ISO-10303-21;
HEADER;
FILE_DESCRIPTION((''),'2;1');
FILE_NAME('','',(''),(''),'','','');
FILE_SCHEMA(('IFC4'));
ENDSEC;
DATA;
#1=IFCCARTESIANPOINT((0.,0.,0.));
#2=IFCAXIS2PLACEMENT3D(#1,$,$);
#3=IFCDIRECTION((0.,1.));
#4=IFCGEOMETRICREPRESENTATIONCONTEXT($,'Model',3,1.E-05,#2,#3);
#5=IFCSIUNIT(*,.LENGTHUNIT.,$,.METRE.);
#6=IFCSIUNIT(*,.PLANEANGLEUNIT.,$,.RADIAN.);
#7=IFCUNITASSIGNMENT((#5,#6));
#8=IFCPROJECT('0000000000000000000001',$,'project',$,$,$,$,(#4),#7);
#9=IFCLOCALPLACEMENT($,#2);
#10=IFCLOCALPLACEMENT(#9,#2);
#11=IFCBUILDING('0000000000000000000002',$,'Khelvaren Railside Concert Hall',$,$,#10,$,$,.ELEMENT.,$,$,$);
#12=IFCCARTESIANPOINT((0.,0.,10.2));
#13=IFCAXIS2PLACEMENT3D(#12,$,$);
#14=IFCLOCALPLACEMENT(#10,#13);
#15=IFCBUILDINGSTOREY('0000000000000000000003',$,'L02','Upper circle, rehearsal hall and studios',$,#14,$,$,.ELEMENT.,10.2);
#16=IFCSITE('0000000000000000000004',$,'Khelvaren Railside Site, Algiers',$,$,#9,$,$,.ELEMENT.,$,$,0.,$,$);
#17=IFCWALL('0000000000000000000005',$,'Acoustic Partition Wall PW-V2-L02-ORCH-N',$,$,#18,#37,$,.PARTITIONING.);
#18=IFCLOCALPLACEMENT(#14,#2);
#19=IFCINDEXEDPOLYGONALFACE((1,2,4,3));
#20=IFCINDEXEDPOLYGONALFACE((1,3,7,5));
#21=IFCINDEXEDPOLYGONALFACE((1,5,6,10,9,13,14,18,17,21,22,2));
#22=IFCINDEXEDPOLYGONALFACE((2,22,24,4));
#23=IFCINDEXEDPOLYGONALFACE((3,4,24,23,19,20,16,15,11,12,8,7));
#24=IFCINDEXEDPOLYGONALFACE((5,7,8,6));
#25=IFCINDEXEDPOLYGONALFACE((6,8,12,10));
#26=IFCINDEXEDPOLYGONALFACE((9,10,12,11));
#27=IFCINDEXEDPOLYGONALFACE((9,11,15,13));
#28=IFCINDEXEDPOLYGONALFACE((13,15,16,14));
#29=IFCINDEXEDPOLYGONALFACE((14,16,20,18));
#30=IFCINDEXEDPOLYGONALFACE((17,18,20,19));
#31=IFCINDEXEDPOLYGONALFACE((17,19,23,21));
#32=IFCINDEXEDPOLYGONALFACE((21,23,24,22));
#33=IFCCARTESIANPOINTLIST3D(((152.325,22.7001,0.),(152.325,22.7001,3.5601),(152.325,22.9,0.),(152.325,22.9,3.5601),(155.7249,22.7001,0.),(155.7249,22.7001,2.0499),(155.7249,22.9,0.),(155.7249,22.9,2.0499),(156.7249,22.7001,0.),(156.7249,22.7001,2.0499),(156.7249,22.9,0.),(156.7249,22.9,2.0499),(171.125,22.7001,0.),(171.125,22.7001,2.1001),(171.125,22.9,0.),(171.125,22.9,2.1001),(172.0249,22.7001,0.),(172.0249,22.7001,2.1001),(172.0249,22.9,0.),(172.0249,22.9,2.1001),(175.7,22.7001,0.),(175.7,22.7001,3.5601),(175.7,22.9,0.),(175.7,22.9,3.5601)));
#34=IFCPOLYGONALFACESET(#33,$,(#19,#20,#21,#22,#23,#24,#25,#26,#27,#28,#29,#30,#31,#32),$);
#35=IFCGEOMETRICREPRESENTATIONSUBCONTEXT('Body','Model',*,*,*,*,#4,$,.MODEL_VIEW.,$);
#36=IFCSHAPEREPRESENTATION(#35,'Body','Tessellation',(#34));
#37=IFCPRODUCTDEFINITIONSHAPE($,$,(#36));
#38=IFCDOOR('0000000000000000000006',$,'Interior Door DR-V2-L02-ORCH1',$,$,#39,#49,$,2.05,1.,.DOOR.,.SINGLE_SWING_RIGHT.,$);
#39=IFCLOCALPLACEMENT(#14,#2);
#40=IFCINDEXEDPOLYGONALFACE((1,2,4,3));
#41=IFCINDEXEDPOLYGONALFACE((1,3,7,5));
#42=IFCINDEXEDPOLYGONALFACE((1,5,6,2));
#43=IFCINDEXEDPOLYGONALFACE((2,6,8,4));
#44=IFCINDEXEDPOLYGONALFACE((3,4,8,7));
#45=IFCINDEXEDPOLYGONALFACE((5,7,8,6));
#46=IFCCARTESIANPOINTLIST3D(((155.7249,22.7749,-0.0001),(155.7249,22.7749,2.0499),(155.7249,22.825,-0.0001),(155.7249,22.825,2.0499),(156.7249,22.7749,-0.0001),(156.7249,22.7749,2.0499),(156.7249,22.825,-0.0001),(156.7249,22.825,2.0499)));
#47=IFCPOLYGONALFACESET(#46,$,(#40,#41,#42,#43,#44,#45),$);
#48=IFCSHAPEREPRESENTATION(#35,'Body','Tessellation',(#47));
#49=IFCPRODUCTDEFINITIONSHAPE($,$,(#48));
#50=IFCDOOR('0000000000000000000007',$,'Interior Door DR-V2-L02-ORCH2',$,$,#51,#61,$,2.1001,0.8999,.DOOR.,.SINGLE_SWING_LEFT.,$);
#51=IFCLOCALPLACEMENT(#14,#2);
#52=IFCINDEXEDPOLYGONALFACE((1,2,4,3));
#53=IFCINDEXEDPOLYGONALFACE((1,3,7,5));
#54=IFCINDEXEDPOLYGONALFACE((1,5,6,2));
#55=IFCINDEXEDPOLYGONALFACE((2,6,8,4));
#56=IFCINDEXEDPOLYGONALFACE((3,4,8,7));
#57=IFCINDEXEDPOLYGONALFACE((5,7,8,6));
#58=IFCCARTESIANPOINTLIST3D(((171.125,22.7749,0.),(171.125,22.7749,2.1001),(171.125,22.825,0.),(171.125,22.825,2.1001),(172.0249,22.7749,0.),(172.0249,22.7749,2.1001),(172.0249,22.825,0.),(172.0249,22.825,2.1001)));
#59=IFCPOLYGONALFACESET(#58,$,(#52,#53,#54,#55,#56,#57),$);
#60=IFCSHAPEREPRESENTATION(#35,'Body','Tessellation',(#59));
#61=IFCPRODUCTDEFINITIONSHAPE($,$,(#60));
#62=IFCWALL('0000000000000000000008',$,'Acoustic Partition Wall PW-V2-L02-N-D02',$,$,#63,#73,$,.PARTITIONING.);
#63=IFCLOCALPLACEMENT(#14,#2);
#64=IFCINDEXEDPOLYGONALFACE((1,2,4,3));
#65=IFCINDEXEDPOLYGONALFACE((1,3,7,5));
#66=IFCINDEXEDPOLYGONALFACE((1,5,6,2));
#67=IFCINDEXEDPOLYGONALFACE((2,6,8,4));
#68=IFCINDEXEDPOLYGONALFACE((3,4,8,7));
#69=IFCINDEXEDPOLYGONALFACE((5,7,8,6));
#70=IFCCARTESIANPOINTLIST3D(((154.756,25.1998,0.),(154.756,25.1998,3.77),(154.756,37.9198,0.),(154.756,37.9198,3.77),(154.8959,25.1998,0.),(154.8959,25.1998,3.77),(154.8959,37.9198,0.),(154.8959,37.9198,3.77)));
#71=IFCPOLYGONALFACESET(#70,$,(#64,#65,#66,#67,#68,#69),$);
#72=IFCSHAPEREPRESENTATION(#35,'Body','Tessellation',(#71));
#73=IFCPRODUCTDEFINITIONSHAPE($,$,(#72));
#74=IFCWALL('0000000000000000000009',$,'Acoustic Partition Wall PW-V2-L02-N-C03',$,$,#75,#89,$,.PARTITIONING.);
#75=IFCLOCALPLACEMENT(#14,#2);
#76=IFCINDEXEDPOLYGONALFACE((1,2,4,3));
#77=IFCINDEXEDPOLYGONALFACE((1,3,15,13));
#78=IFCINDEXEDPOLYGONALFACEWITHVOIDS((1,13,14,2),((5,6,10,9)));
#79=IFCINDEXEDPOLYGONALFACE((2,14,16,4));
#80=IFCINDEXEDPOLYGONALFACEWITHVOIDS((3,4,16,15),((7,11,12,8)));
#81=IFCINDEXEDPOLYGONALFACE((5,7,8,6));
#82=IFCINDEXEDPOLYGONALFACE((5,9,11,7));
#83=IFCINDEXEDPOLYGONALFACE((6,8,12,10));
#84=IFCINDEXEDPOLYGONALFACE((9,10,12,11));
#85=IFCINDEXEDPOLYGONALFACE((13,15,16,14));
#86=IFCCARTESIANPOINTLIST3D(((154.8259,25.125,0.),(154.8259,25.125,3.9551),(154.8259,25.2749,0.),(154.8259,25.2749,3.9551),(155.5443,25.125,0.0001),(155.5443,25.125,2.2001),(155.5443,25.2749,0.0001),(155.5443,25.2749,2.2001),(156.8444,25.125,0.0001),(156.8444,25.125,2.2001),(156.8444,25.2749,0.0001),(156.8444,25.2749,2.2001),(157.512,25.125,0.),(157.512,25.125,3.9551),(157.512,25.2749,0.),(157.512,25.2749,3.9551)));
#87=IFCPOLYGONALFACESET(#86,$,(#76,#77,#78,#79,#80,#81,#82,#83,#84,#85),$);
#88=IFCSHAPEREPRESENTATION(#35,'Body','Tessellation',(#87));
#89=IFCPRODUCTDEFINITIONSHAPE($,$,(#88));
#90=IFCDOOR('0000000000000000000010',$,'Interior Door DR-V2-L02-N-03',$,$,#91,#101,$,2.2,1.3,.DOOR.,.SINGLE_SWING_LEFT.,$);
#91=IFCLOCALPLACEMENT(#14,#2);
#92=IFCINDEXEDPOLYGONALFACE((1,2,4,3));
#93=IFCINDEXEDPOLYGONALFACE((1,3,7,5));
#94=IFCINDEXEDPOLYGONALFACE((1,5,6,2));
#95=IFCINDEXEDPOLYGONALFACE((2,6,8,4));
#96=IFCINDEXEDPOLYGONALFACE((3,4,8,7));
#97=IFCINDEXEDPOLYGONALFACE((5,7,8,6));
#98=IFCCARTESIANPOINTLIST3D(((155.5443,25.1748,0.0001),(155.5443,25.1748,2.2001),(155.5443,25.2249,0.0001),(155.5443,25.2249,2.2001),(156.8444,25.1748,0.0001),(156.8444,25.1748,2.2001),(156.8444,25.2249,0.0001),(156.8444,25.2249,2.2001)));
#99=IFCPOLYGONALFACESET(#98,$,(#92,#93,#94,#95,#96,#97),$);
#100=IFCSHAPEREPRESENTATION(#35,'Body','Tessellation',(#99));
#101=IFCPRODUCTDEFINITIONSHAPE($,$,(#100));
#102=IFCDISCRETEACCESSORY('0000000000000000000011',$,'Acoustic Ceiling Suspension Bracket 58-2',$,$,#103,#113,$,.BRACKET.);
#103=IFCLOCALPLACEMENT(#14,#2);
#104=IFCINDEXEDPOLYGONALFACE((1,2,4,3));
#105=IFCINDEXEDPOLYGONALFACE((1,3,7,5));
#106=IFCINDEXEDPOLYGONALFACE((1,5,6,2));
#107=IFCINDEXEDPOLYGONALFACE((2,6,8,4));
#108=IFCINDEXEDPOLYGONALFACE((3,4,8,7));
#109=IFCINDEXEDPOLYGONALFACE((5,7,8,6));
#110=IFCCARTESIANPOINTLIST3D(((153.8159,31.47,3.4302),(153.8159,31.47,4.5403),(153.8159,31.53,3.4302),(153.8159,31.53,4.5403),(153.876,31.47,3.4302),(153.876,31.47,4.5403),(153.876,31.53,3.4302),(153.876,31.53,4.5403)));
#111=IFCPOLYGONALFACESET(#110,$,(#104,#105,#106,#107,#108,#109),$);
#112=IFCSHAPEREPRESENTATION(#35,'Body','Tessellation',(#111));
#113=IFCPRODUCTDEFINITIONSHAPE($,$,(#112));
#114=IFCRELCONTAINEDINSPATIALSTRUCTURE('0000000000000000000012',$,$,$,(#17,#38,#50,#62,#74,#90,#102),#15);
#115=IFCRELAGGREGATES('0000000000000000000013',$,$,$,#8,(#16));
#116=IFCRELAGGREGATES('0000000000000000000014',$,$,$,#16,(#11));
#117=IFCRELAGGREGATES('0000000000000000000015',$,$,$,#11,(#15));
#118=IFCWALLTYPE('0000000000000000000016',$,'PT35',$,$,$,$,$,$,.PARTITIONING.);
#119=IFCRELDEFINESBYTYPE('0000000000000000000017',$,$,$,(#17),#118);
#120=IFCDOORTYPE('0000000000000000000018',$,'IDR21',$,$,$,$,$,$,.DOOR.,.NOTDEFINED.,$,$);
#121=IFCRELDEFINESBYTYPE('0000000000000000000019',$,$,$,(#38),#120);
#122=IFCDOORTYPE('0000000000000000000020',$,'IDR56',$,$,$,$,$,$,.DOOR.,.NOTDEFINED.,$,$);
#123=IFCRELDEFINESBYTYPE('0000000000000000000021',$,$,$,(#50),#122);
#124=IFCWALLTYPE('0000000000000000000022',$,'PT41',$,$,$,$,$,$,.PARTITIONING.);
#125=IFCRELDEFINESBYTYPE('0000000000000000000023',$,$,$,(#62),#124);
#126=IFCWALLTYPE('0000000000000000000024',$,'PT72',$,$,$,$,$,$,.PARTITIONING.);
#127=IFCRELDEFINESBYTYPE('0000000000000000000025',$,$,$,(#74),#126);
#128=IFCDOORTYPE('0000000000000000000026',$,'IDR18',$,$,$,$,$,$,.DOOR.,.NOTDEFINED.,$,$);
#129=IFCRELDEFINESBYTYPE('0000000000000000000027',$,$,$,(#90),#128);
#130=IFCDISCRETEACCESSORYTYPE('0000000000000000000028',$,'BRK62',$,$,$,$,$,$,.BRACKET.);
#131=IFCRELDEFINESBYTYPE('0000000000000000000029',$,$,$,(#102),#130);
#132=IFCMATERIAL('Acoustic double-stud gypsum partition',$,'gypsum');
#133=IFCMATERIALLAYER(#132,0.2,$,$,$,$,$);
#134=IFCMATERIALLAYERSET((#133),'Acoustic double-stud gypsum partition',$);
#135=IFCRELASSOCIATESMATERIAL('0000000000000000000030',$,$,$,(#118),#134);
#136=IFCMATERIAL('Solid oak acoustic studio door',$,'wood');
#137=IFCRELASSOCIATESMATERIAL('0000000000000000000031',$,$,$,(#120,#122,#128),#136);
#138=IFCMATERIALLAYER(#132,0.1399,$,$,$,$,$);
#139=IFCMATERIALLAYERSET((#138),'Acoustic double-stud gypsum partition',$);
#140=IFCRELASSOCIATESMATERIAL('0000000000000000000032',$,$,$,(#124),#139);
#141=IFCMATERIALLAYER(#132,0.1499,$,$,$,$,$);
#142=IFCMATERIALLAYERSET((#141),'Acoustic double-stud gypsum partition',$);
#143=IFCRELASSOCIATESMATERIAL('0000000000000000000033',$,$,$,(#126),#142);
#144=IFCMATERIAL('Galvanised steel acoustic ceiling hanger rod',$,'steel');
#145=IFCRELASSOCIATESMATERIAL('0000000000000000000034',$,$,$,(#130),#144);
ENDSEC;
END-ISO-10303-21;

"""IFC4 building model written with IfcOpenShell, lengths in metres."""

from ifc_helpers import new_model, si_unit, direction, frame, frame_2d, origin, origin_2d, place, context, subcontext, project, spatial, rectangle, extrude, material, layer, layer_set, type_object, element, fill, save


model = new_model("IFC4")

# Units and contexts
model_context = context("Model", 3, precision=1e-05, world=origin(), true_north=direction((0.0, 1.0)))
body_context = subcontext(model_context, "Body", "Model", "MODEL_VIEW")
ifc_project = project(units=[si_unit("LENGTHUNIT", "METRE"), si_unit("PLANEANGLEUNIT", "RADIAN")], contexts=[model_context])

# Site, building, storey
site_placement = place(None, origin())
site = spatial("IfcSite", under=ifc_project, at=site_placement, Name="Khelvaren Railside Site, Algiers", CompositionType="ELEMENT", RefElevation=0.0)
building_placement = place(site_placement, origin())
building = spatial("IfcBuilding", under=site, at=building_placement, Name="Khelvaren Railside Concert Hall", CompositionType="ELEMENT")
storey_placement = place(building_placement, frame((0.0, 0.0, 10.2)))
storey = spatial("IfcBuildingStorey", under=building, at=storey_placement, Name="L02", Description="Upper circle, rehearsal hall and studios", CompositionType="ELEMENT", Elevation=10.2)

# Wall, openings, doors
ifc_material_1 = material(Name="Acoustic double-stud gypsum partition", Category="gypsum")
ifc_layer_1 = layer(ifc_material_1, 0.2)
ifc_layer_set_1 = layer_set([ifc_layer_1], Name="Acoustic double-stud gypsum partition")
wall_type_1 = type_object("IfcWallType", Name="PT35", PredefinedType="PARTITIONING", material=ifc_layer_set_1)
wall_1_placement = place(storey_placement, frame((152.325, 22.8, 0.0), z_axis=(0.0, 0.0, 1.0), x_axis=(1.0, 0.0, 0.0)))
wall_1 = element("IfcWall", 1, at=wall_1_placement, inside=storey, type_object=wall_type_1, Name="Acoustic Partition Wall PW-V2-L02-ORCH-N", PredefinedType="PARTITIONING", context=body_context, shape_type="SweptSolid", body=[
    extrude(rectangle(XDim=23.375, YDim=0.2, at=frame_2d((11.6875, 0.0))), origin(), (0.0, 0.0, 1.0), 3.5601),
])
opening_1_placement = place(wall_1_placement, frame((3.3999, 0.0, 0.0)))
opening_1 = element("IfcOpeningElement", 2, at=opening_1_placement, cuts=wall_1, PredefinedType="OPENING", context=body_context, shape_type="SweptSolid", body=[
    extrude(rectangle(XDim=1.0, YDim=2.05, at=frame_2d((0.5, 1.0249))), frame((0.0, 0.1099, 0.0), z_axis=(0.0, -1.0, 0.0), x_axis=(1.0, 0.0, 0.0)), (0.0, 0.0, 1.0), 0.22),
])
opening_2_placement = place(wall_1_placement, frame((18.8, 0.0, 0.0)))
opening_2 = element("IfcOpeningElement", 3, at=opening_2_placement, cuts=wall_1, PredefinedType="OPENING", context=body_context, shape_type="SweptSolid", body=[
    extrude(rectangle(XDim=0.8999, YDim=2.1001, at=frame_2d((0.45, 1.05))), frame((0.0, 0.1099, 0.0), z_axis=(0.0, -1.0, 0.0), x_axis=(1.0, 0.0, 0.0)), (0.0, 0.0, 1.0), 0.22),
])
ifc_material_2 = material(Name="Solid oak acoustic studio door", Category="wood")
door_type_1 = type_object("IfcDoorType", Name="IDR21", OperationType="NOTDEFINED", PredefinedType="DOOR", material=ifc_material_2)
door_1_placement = place(opening_1_placement, origin())
door_1 = element("IfcDoor", 4, at=door_1_placement, inside=storey, type_object=door_type_1, Name="Interior Door DR-V2-L02-ORCH1", OperationType="SINGLE_SWING_RIGHT", OverallHeight=2.05, OverallWidth=1.0, PredefinedType="DOOR", context=body_context, shape_type="SweptSolid", body=[
    extrude(rectangle(XDim=1.0, YDim=2.05, at=frame_2d((0.5, 1.0249))), frame((0.0, 0.0249, 0.0), z_axis=(0.0, -1.0, 0.0), x_axis=(1.0, 0.0, 0.0)), (0.0, 0.0, 1.0), 0.05),
])
fill(opening_1, door_1)
door_type_2 = type_object("IfcDoorType", Name="IDR56", OperationType="NOTDEFINED", PredefinedType="DOOR", material=ifc_material_2)
door_2_placement = place(opening_2_placement, origin())
door_2 = element("IfcDoor", 5, at=door_2_placement, inside=storey, type_object=door_type_2, Name="Interior Door DR-V2-L02-ORCH2", OperationType="SINGLE_SWING_LEFT", OverallHeight=2.1001, OverallWidth=0.8999, PredefinedType="DOOR", context=body_context, shape_type="SweptSolid", body=[
    extrude(rectangle(XDim=0.8999, YDim=2.1001, at=frame_2d((0.45, 1.05))), frame((0.0, 0.0249, 0.0), z_axis=(0.0, -1.0, 0.0), x_axis=(1.0, 0.0, 0.0)), (0.0, 0.0, 1.0), 0.05),
])
fill(opening_2, door_2)

# Wall
ifc_layer_2 = layer(ifc_material_1, 0.1399)
ifc_layer_set_2 = layer_set([ifc_layer_2], Name="Acoustic double-stud gypsum partition")
wall_type_2 = type_object("IfcWallType", Name="PT41", PredefinedType="PARTITIONING", material=ifc_layer_set_2)
wall_2_placement = place(storey_placement, frame((154.8259, 25.2, 0.0), z_axis=(0.0, 0.0, 1.0), x_axis=(0.0, 1.0, 0.0)))
element("IfcWall", 6, at=wall_2_placement, inside=storey, type_object=wall_type_2, Name="Acoustic Partition Wall PW-V2-L02-N-D02", PredefinedType="PARTITIONING", context=body_context, shape_type="SweptSolid", body=[
    extrude(rectangle(XDim=12.72, YDim=0.1399, at=frame_2d((6.3599, 0.0))), origin(), (0.0, 0.0, 1.0), 3.77),
])

# Wall, opening, door
ifc_layer_3 = layer(ifc_material_1, 0.1499)
ifc_layer_set_3 = layer_set([ifc_layer_3], Name="Acoustic double-stud gypsum partition")
wall_type_3 = type_object("IfcWallType", Name="PT72", PredefinedType="PARTITIONING", material=ifc_layer_set_3)
wall_3_placement = place(storey_placement, frame((154.8259, 25.2, 0.0), z_axis=(0.0, 0.0, 1.0), x_axis=(1.0, 0.0, 0.0)))
wall_3 = element("IfcWall", 7, at=wall_3_placement, inside=storey, type_object=wall_type_3, Name="Acoustic Partition Wall PW-V2-L02-N-C03", PredefinedType="PARTITIONING", context=body_context, shape_type="SweptSolid", body=[
    extrude(rectangle(XDim=2.686, YDim=0.1499, at=frame_2d((1.343, 0.0))), origin(), (0.0, 0.0, 1.0), 3.9551),
])
opening_3_placement = place(wall_3_placement, frame((0.7185, 0.0, 0.0)))
opening_3 = element("IfcOpeningElement", 8, at=opening_3_placement, cuts=wall_3, PredefinedType="OPENING", context=body_context, shape_type="SweptSolid", body=[
    extrude(rectangle(XDim=1.3, YDim=2.2, at=frame_2d((0.6499, 1.1001))), frame((0.0, 0.085, 0.0), z_axis=(0.0, -1.0, 0.0), x_axis=(1.0, 0.0, 0.0)), (0.0, 0.0, 1.0), 0.1699),
])
door_type_3 = type_object("IfcDoorType", Name="IDR18", OperationType="NOTDEFINED", PredefinedType="DOOR", material=ifc_material_2)
door_3_placement = place(opening_3_placement, origin())
door_3 = element("IfcDoor", 9, at=door_3_placement, inside=storey, type_object=door_type_3, Name="Interior Door DR-V2-L02-N-03", OperationType="SINGLE_SWING_LEFT", OverallHeight=2.2, OverallWidth=1.3, PredefinedType="DOOR", context=body_context, shape_type="SweptSolid", body=[
    extrude(rectangle(XDim=1.3, YDim=2.2, at=frame_2d((0.6499, 1.1001))), frame((0.0, 0.0249, 0.0), z_axis=(0.0, -1.0, 0.0), x_axis=(1.0, 0.0, 0.0)), (0.0, 0.0, 1.0), 0.05),
])
fill(opening_3, door_3)

# Discrete accessory
ifc_material_3 = material(Name="Galvanised steel acoustic ceiling hanger rod", Category="steel")
discrete_accessory_type = type_object("IfcDiscreteAccessoryType", Name="BRK62", PredefinedType="BRACKET", material=ifc_material_3)
discrete_accessory_placement = place(storey_placement, frame((153.8459, 31.5, 3.4302), z_axis=(0.0, 0.0, 1.0), x_axis=(1.0, 0.0, 0.0)))
element("IfcDiscreteAccessory", 10, at=discrete_accessory_placement, inside=storey, type_object=discrete_accessory_type, Name="Acoustic Ceiling Suspension Bracket 58-2", PredefinedType="BRACKET", context=body_context, shape_type="SweptSolid", body=[
    extrude(rectangle(XDim=0.0601, YDim=0.0601, at=origin_2d()), origin(), (0.0, 0.0, 1.0), 1.1101),
])

save(model, "model.ifc")
